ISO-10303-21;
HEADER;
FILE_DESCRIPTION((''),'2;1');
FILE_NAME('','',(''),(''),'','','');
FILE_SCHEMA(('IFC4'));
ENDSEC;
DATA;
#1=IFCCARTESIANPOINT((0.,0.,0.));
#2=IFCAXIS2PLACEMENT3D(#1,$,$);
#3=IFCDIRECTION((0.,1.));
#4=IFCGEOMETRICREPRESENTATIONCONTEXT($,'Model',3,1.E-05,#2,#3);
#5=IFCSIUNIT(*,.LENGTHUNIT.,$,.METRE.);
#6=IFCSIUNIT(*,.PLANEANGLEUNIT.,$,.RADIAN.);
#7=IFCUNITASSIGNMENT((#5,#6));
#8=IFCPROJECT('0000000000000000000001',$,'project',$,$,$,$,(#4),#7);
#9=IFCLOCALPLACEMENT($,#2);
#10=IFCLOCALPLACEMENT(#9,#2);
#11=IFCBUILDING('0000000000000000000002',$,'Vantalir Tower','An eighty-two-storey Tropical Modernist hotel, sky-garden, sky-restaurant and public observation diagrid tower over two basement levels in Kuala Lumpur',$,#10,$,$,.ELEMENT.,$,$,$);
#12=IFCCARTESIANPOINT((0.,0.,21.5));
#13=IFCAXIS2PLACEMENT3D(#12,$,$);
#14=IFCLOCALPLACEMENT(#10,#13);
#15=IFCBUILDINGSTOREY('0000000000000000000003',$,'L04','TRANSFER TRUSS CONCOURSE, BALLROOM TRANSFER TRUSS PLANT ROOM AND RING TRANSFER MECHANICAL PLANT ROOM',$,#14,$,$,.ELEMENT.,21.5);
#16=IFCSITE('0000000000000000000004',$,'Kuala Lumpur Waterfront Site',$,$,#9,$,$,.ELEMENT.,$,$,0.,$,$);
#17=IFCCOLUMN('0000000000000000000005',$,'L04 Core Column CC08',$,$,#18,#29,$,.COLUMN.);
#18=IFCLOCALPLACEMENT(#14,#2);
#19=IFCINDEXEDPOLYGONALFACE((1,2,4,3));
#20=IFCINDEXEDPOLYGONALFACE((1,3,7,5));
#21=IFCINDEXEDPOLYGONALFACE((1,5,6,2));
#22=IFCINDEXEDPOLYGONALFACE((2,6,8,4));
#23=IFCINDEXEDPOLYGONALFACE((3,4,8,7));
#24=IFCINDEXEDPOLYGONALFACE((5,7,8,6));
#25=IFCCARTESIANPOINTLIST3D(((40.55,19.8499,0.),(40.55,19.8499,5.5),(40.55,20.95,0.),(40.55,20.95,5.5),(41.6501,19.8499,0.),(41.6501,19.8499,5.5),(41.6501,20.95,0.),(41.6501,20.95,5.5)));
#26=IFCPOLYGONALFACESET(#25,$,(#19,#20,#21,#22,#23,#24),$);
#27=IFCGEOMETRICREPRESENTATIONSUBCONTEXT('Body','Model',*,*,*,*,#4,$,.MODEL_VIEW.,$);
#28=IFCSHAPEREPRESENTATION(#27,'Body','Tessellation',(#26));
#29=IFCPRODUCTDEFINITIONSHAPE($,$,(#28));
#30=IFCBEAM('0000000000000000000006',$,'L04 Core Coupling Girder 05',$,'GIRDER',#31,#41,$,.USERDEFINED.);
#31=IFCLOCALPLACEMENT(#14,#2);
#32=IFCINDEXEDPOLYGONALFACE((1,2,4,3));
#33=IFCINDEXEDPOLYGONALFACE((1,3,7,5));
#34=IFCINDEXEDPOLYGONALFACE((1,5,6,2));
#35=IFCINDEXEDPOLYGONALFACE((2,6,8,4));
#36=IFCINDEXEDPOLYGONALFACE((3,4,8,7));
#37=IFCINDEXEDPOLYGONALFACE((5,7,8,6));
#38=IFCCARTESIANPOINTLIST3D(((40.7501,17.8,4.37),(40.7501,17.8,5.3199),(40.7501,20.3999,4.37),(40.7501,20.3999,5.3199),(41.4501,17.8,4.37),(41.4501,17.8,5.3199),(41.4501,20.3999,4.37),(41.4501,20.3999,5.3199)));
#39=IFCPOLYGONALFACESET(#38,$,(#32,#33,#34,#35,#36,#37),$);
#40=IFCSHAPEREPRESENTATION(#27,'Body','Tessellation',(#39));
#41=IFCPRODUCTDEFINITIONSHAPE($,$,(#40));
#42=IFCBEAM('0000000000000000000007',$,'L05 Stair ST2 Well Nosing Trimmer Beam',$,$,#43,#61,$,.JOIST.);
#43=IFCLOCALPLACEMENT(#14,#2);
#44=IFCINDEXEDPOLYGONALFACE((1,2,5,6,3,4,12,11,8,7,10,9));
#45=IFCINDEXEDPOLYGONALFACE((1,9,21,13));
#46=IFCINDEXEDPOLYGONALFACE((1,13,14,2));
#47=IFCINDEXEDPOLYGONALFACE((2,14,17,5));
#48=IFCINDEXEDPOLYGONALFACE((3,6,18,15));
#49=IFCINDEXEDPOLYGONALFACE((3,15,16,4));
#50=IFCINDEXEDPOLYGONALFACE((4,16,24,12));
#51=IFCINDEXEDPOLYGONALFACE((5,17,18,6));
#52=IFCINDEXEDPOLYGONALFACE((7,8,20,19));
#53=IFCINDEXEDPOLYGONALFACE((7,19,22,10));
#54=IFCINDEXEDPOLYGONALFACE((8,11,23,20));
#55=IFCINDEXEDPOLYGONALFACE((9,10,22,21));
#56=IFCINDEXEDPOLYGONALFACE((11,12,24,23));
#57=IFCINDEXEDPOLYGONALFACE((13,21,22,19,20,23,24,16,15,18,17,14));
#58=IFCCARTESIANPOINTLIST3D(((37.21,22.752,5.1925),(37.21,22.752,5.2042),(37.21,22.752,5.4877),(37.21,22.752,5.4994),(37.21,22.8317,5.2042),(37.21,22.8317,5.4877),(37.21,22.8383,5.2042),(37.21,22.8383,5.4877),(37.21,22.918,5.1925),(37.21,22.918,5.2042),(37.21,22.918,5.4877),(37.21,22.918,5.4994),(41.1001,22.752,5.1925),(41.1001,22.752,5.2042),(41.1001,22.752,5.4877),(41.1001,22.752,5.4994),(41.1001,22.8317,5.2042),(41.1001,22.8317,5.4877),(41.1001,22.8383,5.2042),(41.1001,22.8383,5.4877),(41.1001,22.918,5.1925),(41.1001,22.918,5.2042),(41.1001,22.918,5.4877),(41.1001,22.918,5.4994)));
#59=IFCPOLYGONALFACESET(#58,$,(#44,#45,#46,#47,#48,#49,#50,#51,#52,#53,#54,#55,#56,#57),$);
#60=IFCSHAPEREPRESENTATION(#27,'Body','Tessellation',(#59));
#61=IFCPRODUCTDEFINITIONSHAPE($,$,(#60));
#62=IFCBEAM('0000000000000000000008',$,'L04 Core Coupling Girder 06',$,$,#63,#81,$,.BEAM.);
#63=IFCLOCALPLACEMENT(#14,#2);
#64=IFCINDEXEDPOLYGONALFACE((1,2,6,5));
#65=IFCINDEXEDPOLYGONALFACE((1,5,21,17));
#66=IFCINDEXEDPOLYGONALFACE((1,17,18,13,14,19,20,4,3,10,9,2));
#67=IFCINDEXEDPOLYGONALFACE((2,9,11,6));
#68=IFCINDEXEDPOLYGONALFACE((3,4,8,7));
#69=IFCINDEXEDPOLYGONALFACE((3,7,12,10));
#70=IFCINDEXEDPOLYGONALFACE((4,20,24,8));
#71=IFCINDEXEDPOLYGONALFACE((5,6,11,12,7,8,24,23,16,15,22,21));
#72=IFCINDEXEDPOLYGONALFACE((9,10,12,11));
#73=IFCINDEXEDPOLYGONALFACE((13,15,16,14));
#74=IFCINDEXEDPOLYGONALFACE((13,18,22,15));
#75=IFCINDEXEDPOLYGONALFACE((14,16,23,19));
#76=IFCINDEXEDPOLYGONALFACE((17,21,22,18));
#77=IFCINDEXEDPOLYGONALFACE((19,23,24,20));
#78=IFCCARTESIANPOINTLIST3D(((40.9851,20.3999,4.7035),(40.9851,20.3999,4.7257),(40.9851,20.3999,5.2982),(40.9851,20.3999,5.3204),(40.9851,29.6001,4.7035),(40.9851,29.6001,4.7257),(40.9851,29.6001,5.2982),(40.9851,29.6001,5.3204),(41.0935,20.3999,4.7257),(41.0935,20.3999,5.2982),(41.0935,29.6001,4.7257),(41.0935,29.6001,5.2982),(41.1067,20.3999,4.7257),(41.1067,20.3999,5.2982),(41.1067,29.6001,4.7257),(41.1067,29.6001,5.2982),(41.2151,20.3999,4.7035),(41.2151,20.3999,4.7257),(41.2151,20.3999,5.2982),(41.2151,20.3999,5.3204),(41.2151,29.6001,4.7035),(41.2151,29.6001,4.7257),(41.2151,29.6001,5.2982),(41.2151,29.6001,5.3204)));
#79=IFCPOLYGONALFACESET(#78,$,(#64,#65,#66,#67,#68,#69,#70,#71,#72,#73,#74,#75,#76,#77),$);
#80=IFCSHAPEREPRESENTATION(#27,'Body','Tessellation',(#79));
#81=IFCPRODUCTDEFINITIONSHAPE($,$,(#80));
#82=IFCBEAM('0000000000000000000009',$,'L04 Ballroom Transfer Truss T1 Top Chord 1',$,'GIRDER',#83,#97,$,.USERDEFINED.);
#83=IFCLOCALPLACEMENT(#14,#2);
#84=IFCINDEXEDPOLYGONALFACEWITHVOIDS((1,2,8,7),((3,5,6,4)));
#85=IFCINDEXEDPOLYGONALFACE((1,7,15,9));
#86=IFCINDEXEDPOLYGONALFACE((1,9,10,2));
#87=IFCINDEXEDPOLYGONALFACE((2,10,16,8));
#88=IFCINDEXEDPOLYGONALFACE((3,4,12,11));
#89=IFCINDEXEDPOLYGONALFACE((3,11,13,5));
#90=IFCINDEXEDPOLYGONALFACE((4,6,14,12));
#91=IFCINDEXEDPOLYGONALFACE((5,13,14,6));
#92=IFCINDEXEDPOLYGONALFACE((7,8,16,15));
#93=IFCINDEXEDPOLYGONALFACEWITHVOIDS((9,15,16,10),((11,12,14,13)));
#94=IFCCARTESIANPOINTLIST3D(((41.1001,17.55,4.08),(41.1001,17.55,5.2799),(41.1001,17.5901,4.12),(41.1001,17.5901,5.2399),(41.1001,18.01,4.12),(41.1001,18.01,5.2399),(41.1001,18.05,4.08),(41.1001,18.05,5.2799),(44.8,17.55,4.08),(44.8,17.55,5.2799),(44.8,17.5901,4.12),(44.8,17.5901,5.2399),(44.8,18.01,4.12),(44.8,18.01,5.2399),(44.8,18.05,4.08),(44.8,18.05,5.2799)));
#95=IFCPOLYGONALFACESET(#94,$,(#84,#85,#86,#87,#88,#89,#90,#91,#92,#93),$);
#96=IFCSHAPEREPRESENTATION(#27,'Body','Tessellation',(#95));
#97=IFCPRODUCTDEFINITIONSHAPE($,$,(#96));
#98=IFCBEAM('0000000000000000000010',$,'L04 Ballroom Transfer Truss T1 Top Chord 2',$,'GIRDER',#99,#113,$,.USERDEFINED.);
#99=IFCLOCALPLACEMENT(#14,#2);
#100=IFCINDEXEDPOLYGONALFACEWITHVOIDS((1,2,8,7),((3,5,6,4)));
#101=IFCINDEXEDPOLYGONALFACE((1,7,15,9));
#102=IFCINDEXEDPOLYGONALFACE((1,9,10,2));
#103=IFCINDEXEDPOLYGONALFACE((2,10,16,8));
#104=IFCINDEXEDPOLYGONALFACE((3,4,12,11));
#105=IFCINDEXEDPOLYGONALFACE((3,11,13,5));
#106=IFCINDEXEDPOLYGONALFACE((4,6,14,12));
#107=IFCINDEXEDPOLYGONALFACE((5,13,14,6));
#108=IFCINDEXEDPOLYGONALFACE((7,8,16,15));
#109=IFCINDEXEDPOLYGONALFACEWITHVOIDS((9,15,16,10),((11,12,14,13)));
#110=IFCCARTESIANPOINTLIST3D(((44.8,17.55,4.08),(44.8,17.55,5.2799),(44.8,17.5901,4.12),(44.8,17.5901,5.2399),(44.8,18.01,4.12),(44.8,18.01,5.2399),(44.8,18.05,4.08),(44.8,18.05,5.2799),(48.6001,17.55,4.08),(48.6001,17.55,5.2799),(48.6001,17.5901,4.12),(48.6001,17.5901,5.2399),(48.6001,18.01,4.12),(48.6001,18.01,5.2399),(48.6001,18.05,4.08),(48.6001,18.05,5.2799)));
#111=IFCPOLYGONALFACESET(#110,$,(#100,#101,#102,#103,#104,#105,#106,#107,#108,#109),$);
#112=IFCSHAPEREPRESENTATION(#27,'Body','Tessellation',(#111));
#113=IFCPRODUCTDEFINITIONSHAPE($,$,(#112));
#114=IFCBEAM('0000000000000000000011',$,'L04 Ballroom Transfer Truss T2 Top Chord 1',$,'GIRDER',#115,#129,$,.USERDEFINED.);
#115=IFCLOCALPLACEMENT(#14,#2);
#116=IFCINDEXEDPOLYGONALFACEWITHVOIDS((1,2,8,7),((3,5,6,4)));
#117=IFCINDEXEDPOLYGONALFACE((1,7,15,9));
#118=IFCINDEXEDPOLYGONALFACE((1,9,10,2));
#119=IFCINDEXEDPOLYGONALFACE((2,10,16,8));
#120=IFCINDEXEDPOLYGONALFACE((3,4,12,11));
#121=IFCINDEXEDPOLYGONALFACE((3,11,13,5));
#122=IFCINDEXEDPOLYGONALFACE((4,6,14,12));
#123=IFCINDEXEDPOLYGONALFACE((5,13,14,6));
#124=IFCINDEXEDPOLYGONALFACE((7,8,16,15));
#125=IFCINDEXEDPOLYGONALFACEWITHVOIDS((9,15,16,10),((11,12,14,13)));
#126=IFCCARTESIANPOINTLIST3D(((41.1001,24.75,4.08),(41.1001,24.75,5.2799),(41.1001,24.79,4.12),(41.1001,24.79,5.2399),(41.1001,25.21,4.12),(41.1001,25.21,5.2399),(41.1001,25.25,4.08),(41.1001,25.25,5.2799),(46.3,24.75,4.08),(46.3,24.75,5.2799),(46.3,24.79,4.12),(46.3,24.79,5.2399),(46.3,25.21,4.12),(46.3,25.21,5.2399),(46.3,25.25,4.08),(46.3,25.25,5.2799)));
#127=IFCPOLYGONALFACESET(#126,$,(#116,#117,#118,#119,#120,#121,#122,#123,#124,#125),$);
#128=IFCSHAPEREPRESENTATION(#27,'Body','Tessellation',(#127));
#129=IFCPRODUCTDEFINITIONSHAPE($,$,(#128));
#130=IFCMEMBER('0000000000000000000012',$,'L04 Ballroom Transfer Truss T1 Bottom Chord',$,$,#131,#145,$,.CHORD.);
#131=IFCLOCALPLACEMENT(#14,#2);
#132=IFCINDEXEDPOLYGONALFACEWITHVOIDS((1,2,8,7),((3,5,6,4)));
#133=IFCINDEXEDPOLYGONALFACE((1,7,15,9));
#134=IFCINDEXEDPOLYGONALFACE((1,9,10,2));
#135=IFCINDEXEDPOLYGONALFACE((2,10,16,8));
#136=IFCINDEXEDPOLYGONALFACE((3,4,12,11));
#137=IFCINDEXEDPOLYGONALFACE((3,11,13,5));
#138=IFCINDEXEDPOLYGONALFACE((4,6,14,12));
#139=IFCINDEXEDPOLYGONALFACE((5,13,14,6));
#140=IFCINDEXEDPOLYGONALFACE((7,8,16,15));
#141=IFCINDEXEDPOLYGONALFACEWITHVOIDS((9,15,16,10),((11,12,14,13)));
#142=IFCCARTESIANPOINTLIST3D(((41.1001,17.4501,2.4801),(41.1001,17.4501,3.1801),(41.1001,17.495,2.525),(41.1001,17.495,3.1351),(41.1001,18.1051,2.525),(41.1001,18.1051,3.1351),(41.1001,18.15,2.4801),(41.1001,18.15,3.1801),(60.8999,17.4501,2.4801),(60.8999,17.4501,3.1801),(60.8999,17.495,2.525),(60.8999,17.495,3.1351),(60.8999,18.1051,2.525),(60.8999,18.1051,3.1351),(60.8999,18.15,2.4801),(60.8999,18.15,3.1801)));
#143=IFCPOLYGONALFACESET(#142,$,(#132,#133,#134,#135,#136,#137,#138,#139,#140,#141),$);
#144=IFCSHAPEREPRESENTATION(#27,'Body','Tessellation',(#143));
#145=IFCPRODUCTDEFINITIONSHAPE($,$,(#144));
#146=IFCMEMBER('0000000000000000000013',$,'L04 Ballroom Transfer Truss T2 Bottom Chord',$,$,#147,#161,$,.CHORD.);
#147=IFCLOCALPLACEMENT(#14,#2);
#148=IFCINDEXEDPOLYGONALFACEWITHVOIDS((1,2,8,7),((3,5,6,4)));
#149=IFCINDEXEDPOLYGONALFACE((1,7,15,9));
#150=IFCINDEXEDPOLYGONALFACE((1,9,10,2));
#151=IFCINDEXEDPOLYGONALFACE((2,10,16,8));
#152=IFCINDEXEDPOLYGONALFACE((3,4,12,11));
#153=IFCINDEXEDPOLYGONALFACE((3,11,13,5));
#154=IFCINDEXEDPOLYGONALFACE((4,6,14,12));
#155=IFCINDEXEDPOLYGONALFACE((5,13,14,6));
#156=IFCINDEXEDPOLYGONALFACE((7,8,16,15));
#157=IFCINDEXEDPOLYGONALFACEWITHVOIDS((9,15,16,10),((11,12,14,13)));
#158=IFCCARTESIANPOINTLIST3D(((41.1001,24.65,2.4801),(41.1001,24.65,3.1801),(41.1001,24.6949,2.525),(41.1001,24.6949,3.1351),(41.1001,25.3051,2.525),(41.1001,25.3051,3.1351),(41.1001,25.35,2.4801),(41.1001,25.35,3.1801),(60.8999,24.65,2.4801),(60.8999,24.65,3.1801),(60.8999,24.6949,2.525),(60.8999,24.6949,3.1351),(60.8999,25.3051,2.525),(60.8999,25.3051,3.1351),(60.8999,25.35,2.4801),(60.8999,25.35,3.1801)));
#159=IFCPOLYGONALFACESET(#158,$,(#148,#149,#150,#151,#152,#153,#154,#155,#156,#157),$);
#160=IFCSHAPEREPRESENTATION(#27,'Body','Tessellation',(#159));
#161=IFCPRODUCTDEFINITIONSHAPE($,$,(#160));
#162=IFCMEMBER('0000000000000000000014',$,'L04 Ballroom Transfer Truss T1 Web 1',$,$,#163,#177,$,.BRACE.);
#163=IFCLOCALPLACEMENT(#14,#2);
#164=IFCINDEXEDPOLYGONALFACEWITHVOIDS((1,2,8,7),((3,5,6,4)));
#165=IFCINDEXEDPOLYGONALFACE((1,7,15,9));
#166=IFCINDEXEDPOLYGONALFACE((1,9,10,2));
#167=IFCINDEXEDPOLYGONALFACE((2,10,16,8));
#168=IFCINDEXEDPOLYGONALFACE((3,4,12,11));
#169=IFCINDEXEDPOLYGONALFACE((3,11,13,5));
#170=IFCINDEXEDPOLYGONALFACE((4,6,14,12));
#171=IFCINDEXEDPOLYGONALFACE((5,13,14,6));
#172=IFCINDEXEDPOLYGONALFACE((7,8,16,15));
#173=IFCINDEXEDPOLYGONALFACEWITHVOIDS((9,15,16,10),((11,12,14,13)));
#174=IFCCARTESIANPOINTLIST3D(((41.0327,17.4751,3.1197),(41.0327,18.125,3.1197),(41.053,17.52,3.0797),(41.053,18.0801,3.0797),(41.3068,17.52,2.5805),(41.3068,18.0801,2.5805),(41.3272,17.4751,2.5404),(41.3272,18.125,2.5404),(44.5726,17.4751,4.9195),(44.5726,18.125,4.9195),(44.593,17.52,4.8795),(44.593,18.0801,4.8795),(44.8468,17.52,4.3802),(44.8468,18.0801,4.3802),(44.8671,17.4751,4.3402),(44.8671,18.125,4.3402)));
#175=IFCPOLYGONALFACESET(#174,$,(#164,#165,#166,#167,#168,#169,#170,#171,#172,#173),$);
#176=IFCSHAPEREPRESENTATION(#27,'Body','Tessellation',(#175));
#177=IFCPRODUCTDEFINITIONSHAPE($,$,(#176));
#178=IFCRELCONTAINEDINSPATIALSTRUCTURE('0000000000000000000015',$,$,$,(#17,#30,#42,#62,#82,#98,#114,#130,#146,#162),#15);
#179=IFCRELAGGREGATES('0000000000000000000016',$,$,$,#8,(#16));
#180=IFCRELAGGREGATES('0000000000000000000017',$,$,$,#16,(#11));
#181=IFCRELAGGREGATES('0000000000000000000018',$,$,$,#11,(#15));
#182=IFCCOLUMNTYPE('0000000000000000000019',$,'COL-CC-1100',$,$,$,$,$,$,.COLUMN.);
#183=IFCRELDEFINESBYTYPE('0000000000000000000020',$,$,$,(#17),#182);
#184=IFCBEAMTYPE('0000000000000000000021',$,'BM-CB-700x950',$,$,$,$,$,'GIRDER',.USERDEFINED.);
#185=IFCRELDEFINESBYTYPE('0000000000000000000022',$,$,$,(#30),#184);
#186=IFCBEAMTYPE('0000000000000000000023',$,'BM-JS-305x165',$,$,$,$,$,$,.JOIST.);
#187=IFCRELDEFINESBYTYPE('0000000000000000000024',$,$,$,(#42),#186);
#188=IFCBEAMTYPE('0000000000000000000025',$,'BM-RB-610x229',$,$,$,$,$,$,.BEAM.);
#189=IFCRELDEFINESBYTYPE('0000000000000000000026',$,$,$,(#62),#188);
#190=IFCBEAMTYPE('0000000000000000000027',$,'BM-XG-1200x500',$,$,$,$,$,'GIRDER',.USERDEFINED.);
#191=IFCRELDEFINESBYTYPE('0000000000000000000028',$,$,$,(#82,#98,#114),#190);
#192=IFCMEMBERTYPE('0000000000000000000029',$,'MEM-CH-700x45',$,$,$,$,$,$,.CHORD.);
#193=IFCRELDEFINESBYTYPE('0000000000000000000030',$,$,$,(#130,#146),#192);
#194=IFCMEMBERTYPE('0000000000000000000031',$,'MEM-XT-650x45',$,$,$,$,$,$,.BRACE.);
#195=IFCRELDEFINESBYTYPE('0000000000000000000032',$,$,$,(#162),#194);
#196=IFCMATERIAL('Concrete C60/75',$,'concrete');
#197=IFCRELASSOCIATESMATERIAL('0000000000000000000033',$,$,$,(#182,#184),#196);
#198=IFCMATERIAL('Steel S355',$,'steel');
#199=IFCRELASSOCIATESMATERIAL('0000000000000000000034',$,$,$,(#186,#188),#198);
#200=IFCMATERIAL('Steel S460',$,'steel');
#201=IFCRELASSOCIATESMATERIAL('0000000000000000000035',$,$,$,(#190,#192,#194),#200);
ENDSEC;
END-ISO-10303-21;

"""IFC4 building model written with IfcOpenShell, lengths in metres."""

from ifc_helpers import new_model, si_unit, direction, frame, origin, origin_2d, place, context, subcontext, project, spatial, rectangle, hollow_rectangle, i_section, extrude, material, material_profile, profile_set, type_object, element, save


model = new_model("IFC4")

# Units and contexts
model_context = context("Model", 3, precision=1e-05, world=origin(), true_north=direction((0.0, 1.0)))
body_context = subcontext(model_context, "Body", "Model", "MODEL_VIEW")
ifc_project = project(units=[si_unit("LENGTHUNIT", "METRE"), si_unit("PLANEANGLEUNIT", "RADIAN")], contexts=[model_context])

# Site, building, storey
site_placement = place(None, origin())
site = spatial("IfcSite", under=ifc_project, at=site_placement, Name="Kuala Lumpur Waterfront Site", CompositionType="ELEMENT", RefElevation=0.0)
building_placement = place(site_placement, origin())
building = spatial("IfcBuilding", under=site, at=building_placement, Name="Vantalir Tower", Description="An eighty-two-storey Tropical Modernist hotel, sky-garden, sky-restaurant and public observation diagrid tower over two basement levels in Kuala Lumpur", CompositionType="ELEMENT")
storey_placement = place(building_placement, frame((0.0, 0.0, 21.5)))
storey = spatial("IfcBuildingStorey", under=building, at=storey_placement, Name="L04", Description="TRANSFER TRUSS CONCOURSE, BALLROOM TRANSFER TRUSS PLANT ROOM AND RING TRANSFER MECHANICAL PLANT ROOM", CompositionType="ELEMENT", Elevation=21.5)

# Column
ifc_material_1 = material(Name="Concrete C60/75", Category="concrete")
ifc_material_profile_1 = material_profile(ifc_material_1, rectangle(XDim=1.1001, YDim=1.1001, at=origin_2d()), Name="Concrete C60/75")
ifc_profile_set_1 = profile_set([ifc_material_profile_1], Name="Concrete C60/75")
column_type = type_object("IfcColumnType", Name="COL-CC-1100", PredefinedType="COLUMN", material=ifc_profile_set_1)
column_placement = place(storey_placement, frame((41.1001, 20.3999, 0.0), z_axis=(0.0, 0.0, 1.0), x_axis=(1.0, 0.0, 0.0)))
element("IfcColumn", 1, at=column_placement, inside=storey, type_object=column_type, Name="L04 Core Column CC08", PredefinedType="COLUMN", context=body_context, shape_type="SweptSolid", body=[
    extrude(rectangle(XDim=1.1001, YDim=1.1001, at=origin_2d()), origin(), (0.0, 0.0, 1.0), 5.5),
])

# Beams
ifc_material_profile_2 = material_profile(ifc_material_1, rectangle(XDim=0.7, YDim=0.95, at=origin_2d()), Name="Concrete C60/75")
ifc_profile_set_2 = profile_set([ifc_material_profile_2], Name="Concrete C60/75")
beam_type_1 = type_object("IfcBeamType", Name="BM-CB-700x950", ElementType="GIRDER", PredefinedType="USERDEFINED", material=ifc_profile_set_2)
beam_1_placement = place(storey_placement, frame((41.1001, 17.8, 4.845), z_axis=(0.0, 1.0, 0.0), x_axis=(-1.0, 0.0, 0.0)))
element("IfcBeam", 2, at=beam_1_placement, inside=storey, type_object=beam_type_1, Name="L04 Core Coupling Girder 05", ObjectType="GIRDER", PredefinedType="USERDEFINED", context=body_context, shape_type="SweptSolid", body=[
    extrude(rectangle(XDim=0.7, YDim=0.95, at=origin_2d()), origin(), (0.0, 0.0, 1.0), 2.5999),
])
ifc_material_2 = material(Name="Steel S355", Category="steel")
ifc_material_profile_3 = material_profile(ifc_material_2, i_section(OverallWidth=0.166, OverallDepth=0.3069, WebThickness=0.0066, FlangeThickness=0.0117, at=origin_2d()), Name="Steel S355")
ifc_profile_set_3 = profile_set([ifc_material_profile_3], Name="Steel S355")
beam_type_2 = type_object("IfcBeamType", Name="BM-JS-305x165", PredefinedType="JOIST", material=ifc_profile_set_3)
beam_2_placement = place(storey_placement, frame((37.21, 22.835, 5.3459), z_axis=(1.0, 0.0, 0.0), x_axis=(0.0, 1.0, 0.0)))
element("IfcBeam", 3, at=beam_2_placement, inside=storey, type_object=beam_type_2, Name="L05 Stair ST2 Well Nosing Trimmer Beam", PredefinedType="JOIST", context=body_context, shape_type="SweptSolid", body=[
    extrude(i_section(OverallWidth=0.166, OverallDepth=0.3069, WebThickness=0.0066, FlangeThickness=0.0117, at=origin_2d()), origin(), (0.0, 0.0, 1.0), 3.8901),
])
ifc_material_profile_4 = material_profile(ifc_material_2, i_section(OverallWidth=0.23, OverallDepth=0.6169, WebThickness=0.0132, FlangeThickness=0.0222, at=origin_2d()), Name="Steel S355")
ifc_profile_set_4 = profile_set([ifc_material_profile_4], Name="Steel S355")
beam_type_3 = type_object("IfcBeamType", Name="BM-RB-610x229", PredefinedType="BEAM", material=ifc_profile_set_4)
beam_3_placement = place(storey_placement, frame((41.1001, 20.3999, 5.012), z_axis=(0.0, 1.0, 0.0), x_axis=(-1.0, 0.0, 0.0)))
element("IfcBeam", 4, at=beam_3_placement, inside=storey, type_object=beam_type_3, Name="L04 Core Coupling Girder 06", PredefinedType="BEAM", context=body_context, shape_type="SweptSolid", body=[
    extrude(i_section(OverallWidth=0.23, OverallDepth=0.6169, WebThickness=0.0132, FlangeThickness=0.0222, at=origin_2d()), origin(), (0.0, 0.0, 1.0), 9.2002),
])
ifc_material_3 = material(Name="Steel S460", Category="steel")
ifc_material_profile_5 = material_profile(ifc_material_3, hollow_rectangle(XDim=0.5, YDim=1.2, WallThickness=0.04, at=origin_2d()), Name="Steel S460")
ifc_profile_set_5 = profile_set([ifc_material_profile_5], Name="Steel S460")
beam_type_4 = type_object("IfcBeamType", Name="BM-XG-1200x500", ElementType="GIRDER", PredefinedType="USERDEFINED", material=ifc_profile_set_5)
beam_4_placement = place(storey_placement, frame((41.1001, 17.8, 4.6799), z_axis=(1.0, 0.0, 0.0), x_axis=(0.0, 1.0, 0.0)))
element("IfcBeam", 5, at=beam_4_placement, inside=storey, type_object=beam_type_4, Name="L04 Ballroom Transfer Truss T1 Top Chord 1", ObjectType="GIRDER", PredefinedType="USERDEFINED", context=body_context, shape_type="SweptSolid", body=[
    extrude(hollow_rectangle(XDim=0.5, YDim=1.2, WallThickness=0.04, at=origin_2d()), origin(), (0.0, 0.0, 1.0), 3.7),
])
beam_5_placement = place(storey_placement, frame((44.8, 17.8, 4.6799), z_axis=(1.0, 0.0, 0.0), x_axis=(0.0, 1.0, 0.0)))
element("IfcBeam", 6, at=beam_5_placement, inside=storey, type_object=beam_type_4, Name="L04 Ballroom Transfer Truss T1 Top Chord 2", ObjectType="GIRDER", PredefinedType="USERDEFINED", context=body_context, shape_type="SweptSolid", body=[
    extrude(hollow_rectangle(XDim=0.5, YDim=1.2, WallThickness=0.04, at=origin_2d()), origin(), (0.0, 0.0, 1.0), 3.8),
])
beam_6_placement = place(storey_placement, frame((41.1001, 25.0, 4.6799), z_axis=(1.0, 0.0, 0.0), x_axis=(0.0, 1.0, 0.0)))
element("IfcBeam", 7, at=beam_6_placement, inside=storey, type_object=beam_type_4, Name="L04 Ballroom Transfer Truss T2 Top Chord 1", ObjectType="GIRDER", PredefinedType="USERDEFINED", context=body_context, shape_type="SweptSolid", body=[
    extrude(hollow_rectangle(XDim=0.5, YDim=1.2, WallThickness=0.04, at=origin_2d()), origin(), (0.0, 0.0, 1.0), 5.2),
])

# Members
ifc_material_profile_6 = material_profile(ifc_material_3, hollow_rectangle(XDim=0.7, YDim=0.7, WallThickness=0.0449, at=origin_2d()), Name="Steel S460")
ifc_profile_set_6 = profile_set([ifc_material_profile_6], Name="Steel S460")
member_type_1 = type_object("IfcMemberType", Name="MEM-CH-700x45", PredefinedType="CHORD", material=ifc_profile_set_6)
for number, where, z_axis, x_axis, name in (
    (8, (41.1001, 17.8, 2.8301), (1.0, 0.0, 0.0), (0.0, 1.0, 0.0), "L04 Ballroom Transfer Truss T1 Bottom Chord"),
    (9, (41.1001, 25.0, 2.8301), (1.0, 0.0, 0.0), (0.0, 1.0, 0.0), "L04 Ballroom Transfer Truss T2 Bottom Chord"),
):
    element("IfcMember", number, at=place(storey_placement, frame(where, z_axis=z_axis, x_axis=x_axis)), inside=storey, type_object=member_type_1, Name=name, PredefinedType="CHORD", context=body_context, shape_type="SweptSolid", body=[
        extrude(hollow_rectangle(XDim=0.7, YDim=0.7, WallThickness=0.0449, at=origin_2d()), origin(), (0.0, 0.0, 1.0), 19.7998),
    ])
ifc_material_profile_7 = material_profile(ifc_material_3, hollow_rectangle(XDim=0.6499, YDim=0.6499, WallThickness=0.0449, at=origin_2d()), Name="Steel S460")
ifc_profile_set_7 = profile_set([ifc_material_profile_7], Name="Steel S460")
member_type_2 = type_object("IfcMemberType", Name="MEM-XT-650x45", PredefinedType="BRACE", material=ifc_profile_set_7)
member_1_placement = place(storey_placement, frame((41.1799, 17.8, 2.8301), z_axis=(0.891407, 0.0, 0.453204), x_axis=(0.0, 1.0, 0.0)))
element("IfcMember", 10, at=member_1_placement, inside=storey, type_object=member_type_2, Name="L04 Ballroom Transfer Truss T1 Web 1", PredefinedType="BRACE", context=body_context, shape_type="SweptSolid", body=[
    extrude(hollow_rectangle(XDim=0.6499, YDim=0.6499, WallThickness=0.0449, at=origin_2d()), origin(), (0.0, 0.0, 1.0), 3.9712),
])

save(model, "model.ifc")
